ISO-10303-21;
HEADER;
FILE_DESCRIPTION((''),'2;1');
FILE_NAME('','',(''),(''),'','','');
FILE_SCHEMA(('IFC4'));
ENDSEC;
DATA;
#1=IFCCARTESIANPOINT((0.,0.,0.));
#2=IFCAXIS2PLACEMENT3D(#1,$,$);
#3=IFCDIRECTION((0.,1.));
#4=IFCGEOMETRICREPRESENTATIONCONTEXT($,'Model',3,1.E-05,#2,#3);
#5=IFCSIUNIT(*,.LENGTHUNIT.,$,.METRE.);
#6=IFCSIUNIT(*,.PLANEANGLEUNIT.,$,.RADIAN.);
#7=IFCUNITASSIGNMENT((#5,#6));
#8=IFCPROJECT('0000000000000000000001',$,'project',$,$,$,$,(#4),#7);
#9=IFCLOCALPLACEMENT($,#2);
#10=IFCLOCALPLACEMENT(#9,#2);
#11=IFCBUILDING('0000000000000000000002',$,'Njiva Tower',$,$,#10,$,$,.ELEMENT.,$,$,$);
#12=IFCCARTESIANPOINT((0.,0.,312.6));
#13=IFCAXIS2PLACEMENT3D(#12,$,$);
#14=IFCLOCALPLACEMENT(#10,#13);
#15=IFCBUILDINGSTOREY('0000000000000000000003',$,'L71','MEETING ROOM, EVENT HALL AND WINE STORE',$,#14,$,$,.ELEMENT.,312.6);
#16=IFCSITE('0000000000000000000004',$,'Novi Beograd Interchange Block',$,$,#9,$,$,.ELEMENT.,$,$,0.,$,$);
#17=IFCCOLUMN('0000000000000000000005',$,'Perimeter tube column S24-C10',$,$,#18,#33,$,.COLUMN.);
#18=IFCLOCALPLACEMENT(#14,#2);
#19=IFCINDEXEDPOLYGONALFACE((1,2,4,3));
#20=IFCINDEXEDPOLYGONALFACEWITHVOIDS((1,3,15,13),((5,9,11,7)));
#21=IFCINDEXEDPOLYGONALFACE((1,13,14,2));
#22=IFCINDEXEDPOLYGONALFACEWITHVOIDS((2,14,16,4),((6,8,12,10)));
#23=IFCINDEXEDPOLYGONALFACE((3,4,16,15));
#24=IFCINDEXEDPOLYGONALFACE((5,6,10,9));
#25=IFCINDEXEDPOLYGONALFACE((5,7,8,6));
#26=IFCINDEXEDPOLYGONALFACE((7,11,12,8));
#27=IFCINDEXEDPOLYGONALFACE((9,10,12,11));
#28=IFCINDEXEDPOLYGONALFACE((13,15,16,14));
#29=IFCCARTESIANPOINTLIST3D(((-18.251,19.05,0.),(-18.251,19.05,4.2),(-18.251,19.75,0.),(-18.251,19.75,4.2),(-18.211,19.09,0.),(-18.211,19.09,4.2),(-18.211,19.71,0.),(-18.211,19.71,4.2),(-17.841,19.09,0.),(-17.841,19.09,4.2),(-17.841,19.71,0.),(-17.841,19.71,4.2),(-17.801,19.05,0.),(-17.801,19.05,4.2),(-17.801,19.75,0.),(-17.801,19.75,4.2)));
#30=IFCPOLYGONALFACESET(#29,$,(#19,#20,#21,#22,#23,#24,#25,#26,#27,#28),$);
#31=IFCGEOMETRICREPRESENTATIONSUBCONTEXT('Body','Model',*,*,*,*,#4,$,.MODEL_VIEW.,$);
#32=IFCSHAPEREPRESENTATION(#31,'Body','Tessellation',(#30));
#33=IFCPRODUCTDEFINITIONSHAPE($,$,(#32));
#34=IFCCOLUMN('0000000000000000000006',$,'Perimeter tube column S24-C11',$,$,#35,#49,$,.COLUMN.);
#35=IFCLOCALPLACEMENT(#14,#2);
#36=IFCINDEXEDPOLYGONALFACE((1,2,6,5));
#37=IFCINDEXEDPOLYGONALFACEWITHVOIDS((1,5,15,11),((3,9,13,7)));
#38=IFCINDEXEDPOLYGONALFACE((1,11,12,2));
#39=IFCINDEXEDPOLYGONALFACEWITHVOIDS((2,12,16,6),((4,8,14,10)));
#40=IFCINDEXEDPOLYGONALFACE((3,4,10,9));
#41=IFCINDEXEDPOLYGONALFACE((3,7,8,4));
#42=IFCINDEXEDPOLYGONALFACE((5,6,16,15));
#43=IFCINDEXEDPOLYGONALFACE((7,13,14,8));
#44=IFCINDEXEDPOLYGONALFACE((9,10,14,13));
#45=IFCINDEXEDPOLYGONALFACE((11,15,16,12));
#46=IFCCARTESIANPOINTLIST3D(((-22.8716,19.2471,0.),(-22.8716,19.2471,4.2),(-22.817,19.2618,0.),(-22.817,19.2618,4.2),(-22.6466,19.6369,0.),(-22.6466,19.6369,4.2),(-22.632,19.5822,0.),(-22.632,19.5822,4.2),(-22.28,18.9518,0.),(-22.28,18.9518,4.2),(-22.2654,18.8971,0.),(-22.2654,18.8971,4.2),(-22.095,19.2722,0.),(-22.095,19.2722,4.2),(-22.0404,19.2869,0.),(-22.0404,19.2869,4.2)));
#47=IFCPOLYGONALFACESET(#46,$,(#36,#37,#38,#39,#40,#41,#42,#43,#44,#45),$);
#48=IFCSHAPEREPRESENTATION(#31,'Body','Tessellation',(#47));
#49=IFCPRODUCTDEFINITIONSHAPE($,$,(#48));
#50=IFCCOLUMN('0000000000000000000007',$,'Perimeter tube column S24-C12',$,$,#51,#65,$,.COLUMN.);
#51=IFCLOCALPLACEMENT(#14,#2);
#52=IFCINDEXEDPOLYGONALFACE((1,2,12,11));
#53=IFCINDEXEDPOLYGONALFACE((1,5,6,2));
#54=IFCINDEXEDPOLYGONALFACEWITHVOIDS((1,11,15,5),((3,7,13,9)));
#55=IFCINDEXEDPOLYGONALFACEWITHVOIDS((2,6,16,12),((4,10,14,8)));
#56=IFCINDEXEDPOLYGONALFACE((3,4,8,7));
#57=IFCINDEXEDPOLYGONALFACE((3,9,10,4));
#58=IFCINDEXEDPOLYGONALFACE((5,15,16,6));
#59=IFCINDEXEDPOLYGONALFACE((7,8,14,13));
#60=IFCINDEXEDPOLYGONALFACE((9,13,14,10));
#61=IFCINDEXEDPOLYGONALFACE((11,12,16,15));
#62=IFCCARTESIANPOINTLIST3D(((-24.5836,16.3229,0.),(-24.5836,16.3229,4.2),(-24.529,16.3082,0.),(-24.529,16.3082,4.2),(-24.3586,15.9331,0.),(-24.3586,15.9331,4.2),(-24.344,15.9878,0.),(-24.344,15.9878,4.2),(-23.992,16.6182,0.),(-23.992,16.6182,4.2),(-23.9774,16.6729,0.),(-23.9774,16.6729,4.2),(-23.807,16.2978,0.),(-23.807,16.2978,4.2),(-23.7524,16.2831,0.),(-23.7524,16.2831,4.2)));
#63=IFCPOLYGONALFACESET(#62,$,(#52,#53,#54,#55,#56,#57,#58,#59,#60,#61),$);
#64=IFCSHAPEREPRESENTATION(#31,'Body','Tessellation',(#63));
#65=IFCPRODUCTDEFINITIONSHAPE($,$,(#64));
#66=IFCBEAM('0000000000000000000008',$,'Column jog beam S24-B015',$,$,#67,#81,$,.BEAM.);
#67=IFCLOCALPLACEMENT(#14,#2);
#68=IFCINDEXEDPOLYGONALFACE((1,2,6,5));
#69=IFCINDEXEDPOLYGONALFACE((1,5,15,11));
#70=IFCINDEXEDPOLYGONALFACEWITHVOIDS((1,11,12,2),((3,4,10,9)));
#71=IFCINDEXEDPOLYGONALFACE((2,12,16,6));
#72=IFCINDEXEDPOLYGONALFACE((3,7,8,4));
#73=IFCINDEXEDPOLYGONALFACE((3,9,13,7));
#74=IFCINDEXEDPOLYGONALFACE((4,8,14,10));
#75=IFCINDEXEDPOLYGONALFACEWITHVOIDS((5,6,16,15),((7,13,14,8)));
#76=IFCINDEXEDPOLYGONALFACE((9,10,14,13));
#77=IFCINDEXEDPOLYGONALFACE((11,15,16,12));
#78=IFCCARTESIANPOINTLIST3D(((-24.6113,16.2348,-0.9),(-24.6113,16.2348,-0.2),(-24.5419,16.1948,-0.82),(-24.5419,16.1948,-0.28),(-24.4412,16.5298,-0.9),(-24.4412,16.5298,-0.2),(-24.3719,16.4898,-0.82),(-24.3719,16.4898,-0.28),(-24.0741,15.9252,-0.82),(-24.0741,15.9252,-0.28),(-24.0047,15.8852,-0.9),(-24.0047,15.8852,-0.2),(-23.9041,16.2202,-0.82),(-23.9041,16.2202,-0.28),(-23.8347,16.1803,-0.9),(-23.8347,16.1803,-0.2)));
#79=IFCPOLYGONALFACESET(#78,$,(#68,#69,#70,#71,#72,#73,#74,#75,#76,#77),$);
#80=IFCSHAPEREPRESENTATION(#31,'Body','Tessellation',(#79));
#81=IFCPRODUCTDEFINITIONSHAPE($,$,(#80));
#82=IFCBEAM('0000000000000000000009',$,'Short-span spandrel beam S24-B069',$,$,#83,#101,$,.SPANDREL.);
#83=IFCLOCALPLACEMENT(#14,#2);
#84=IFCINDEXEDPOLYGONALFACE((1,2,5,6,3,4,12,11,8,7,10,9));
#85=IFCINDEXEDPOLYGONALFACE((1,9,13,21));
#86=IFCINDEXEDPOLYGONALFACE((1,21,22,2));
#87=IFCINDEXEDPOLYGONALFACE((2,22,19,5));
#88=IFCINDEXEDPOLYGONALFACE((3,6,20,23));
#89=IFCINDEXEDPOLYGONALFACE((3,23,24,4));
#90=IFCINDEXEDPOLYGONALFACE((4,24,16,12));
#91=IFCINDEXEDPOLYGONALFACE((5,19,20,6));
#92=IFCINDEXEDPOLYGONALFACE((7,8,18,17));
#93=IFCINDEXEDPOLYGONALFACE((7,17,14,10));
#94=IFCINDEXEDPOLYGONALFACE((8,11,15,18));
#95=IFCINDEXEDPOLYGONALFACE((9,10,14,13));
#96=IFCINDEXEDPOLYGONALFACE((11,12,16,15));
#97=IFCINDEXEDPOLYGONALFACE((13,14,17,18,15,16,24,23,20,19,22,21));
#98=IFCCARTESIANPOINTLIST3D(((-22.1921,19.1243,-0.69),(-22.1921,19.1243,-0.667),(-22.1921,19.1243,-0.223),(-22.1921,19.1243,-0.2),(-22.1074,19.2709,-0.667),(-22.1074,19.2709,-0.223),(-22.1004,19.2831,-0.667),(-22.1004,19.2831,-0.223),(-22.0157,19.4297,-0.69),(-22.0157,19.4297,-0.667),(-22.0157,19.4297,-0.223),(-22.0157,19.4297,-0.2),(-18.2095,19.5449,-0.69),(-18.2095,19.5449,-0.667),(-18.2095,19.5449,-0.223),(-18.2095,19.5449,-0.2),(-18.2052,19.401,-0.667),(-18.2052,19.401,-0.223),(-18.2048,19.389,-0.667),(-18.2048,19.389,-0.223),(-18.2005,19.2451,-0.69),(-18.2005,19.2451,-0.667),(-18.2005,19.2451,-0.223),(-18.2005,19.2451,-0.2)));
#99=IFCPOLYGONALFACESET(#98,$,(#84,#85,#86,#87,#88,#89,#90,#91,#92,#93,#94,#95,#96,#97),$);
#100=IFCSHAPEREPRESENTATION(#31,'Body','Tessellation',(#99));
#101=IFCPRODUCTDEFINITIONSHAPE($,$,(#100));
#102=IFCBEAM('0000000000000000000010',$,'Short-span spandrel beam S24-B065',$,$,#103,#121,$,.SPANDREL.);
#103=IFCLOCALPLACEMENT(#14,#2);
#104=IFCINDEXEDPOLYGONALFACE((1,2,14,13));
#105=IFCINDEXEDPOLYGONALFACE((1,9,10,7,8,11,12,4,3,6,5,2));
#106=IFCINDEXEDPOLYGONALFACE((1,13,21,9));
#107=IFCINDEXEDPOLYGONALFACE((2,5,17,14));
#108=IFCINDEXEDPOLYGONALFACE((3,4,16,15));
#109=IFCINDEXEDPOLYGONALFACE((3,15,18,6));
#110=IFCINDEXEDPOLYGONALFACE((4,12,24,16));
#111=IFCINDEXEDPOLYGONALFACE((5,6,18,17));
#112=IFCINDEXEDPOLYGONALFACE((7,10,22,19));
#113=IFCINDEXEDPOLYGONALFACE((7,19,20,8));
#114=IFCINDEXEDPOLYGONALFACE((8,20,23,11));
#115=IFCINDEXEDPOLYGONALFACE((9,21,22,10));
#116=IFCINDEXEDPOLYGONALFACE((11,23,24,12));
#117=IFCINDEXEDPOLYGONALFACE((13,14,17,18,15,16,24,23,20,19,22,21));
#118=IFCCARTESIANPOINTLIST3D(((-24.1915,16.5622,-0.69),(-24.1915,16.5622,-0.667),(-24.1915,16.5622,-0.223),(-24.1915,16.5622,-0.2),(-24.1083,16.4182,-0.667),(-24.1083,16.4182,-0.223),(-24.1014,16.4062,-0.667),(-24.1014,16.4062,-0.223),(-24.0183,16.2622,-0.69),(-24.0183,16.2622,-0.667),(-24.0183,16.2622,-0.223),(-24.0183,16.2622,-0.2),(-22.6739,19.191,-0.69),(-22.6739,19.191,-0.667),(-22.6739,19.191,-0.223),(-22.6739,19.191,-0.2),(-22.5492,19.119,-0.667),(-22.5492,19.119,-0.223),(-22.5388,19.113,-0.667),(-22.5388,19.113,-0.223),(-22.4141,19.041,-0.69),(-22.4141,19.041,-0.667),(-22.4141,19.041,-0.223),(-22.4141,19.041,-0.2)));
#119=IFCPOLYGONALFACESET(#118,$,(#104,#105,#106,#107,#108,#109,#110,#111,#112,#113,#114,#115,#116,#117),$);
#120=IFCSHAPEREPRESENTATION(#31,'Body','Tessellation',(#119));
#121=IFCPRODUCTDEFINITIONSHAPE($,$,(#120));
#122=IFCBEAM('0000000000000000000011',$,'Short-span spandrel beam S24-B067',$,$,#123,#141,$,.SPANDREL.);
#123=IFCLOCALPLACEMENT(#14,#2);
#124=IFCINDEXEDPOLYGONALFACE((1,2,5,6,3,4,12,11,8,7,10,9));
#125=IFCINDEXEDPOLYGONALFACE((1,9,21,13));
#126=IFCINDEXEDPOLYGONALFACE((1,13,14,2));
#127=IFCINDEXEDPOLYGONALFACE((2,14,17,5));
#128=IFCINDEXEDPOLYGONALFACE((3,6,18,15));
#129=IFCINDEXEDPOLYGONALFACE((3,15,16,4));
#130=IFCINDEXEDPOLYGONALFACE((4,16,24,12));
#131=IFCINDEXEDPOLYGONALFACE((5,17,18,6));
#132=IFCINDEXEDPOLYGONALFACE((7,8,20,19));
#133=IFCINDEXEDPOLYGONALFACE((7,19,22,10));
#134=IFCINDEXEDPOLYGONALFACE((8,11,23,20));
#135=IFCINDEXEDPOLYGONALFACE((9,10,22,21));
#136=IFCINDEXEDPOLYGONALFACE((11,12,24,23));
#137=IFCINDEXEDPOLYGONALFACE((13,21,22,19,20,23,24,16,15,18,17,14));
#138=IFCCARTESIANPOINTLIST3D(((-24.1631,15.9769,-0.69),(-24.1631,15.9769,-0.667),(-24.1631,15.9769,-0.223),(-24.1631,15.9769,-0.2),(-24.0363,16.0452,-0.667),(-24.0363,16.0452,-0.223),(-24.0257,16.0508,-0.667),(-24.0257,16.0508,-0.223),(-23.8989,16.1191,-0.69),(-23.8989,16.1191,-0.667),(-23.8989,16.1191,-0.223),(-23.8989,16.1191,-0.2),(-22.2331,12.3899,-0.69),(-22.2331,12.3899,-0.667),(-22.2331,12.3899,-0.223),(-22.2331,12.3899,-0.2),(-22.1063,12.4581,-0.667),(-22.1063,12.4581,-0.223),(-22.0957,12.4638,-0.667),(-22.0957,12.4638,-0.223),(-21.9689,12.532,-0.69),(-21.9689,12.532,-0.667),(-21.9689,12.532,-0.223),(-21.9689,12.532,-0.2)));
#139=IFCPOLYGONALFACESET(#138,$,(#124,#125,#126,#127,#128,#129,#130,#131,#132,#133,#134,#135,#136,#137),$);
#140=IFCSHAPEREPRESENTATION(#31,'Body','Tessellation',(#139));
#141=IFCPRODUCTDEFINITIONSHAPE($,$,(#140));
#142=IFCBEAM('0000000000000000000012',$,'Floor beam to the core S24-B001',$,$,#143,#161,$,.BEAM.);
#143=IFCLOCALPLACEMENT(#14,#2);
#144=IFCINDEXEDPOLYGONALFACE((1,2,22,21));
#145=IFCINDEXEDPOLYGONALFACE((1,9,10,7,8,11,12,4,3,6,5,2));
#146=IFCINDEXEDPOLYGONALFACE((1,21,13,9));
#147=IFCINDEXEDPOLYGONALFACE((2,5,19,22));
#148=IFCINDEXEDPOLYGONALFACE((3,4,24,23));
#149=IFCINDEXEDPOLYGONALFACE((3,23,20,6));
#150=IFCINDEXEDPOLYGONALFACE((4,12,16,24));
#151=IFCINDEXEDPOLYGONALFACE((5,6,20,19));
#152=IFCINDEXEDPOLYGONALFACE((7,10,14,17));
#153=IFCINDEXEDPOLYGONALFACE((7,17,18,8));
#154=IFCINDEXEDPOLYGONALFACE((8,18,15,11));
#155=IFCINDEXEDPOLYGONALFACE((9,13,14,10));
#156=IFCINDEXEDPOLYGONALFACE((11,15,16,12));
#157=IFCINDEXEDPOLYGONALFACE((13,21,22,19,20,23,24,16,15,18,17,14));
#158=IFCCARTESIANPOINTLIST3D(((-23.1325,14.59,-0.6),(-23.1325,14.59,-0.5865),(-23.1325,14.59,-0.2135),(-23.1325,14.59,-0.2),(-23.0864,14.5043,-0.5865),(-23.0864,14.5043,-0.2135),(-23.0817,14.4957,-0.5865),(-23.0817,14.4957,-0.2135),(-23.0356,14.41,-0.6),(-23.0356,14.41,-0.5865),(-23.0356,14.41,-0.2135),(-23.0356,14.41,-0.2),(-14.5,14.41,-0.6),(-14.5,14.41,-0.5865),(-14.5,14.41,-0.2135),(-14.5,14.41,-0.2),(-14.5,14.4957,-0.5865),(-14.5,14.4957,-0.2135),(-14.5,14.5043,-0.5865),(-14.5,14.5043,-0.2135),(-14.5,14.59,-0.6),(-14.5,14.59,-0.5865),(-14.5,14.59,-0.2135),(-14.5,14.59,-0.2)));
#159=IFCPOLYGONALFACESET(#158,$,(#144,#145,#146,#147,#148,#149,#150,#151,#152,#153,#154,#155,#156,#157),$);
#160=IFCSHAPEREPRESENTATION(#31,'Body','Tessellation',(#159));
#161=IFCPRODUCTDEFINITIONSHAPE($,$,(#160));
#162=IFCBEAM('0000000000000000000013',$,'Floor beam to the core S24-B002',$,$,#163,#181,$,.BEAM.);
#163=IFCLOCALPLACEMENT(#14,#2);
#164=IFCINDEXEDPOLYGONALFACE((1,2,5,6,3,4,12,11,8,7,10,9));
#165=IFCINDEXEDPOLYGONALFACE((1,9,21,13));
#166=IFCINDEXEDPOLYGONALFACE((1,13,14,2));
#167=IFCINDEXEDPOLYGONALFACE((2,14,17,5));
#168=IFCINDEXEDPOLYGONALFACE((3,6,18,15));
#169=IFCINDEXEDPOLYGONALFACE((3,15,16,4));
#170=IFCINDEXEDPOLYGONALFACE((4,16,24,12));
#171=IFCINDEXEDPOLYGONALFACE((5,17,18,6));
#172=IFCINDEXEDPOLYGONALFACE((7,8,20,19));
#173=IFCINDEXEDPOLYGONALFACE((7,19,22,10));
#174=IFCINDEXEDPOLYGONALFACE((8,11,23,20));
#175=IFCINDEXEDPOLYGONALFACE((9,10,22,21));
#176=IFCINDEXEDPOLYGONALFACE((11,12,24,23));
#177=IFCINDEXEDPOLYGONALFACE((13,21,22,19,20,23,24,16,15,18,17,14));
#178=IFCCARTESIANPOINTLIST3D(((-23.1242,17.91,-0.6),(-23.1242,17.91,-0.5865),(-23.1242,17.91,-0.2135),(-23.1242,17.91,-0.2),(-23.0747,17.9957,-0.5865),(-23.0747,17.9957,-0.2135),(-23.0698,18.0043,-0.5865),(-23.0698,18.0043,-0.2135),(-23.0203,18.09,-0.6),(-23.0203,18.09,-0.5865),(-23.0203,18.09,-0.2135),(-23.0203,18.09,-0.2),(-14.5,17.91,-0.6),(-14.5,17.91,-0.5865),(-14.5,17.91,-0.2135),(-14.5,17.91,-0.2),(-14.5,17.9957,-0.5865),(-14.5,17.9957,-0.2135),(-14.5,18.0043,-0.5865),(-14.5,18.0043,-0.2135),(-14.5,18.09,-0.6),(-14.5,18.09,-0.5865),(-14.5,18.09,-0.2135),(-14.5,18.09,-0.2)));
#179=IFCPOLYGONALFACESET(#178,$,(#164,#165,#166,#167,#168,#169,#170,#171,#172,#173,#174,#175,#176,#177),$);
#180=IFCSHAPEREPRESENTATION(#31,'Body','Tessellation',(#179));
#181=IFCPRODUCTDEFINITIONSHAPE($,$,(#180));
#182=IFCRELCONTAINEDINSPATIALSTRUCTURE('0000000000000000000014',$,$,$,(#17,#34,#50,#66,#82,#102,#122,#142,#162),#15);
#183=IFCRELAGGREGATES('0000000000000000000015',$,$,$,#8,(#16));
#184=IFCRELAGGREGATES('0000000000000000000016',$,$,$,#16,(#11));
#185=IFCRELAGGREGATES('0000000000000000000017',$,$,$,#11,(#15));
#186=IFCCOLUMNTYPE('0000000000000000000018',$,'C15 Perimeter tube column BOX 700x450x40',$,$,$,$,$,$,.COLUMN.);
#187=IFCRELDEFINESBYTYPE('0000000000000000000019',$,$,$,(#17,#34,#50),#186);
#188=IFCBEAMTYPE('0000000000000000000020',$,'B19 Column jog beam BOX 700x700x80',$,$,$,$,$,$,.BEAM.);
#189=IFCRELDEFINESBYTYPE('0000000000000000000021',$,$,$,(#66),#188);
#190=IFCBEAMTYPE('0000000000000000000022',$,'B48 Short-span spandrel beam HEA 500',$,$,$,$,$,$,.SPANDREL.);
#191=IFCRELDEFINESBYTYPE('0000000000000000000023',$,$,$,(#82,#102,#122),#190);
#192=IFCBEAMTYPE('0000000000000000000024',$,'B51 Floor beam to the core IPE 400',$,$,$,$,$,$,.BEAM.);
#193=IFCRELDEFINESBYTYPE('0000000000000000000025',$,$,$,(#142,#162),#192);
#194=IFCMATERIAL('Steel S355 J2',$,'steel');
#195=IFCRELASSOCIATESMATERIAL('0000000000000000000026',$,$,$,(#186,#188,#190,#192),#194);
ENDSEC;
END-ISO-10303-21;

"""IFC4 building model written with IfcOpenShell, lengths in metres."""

from ifc_helpers import new_model, si_unit, direction, frame, origin, origin_2d, place, context, subcontext, project, spatial, hollow_rectangle, i_section, extrude, clip, halfspace, material, material_profile, profile_set, type_object, element, save


model = new_model("IFC4")

# Units and contexts
model_context = context("Model", 3, precision=1e-05, world=origin(), true_north=direction((0.0, 1.0)))
body_context = subcontext(model_context, "Body", "Model", "MODEL_VIEW")
ifc_project = project(units=[si_unit("LENGTHUNIT", "METRE"), si_unit("PLANEANGLEUNIT", "RADIAN")], contexts=[model_context])

# Site, building, storey
site_placement = place(None, origin())
site = spatial("IfcSite", under=ifc_project, at=site_placement, Name="Novi Beograd Interchange Block", CompositionType="ELEMENT", RefElevation=0.0)
building_placement = place(site_placement, origin())
building = spatial("IfcBuilding", under=site, at=building_placement, Name="Njiva Tower", CompositionType="ELEMENT")
storey_placement = place(building_placement, frame((0.0, 0.0, 312.6)))
storey = spatial("IfcBuildingStorey", under=building, at=storey_placement, Name="L71", Description="MEETING ROOM, EVENT HALL AND WINE STORE", CompositionType="ELEMENT", Elevation=312.6)

# Columns
ifc_material_1 = material(Name="Steel S355 J2", Category="steel")
ifc_material_profile_1 = material_profile(ifc_material_1, hollow_rectangle(XDim=0.45, YDim=0.7, WallThickness=0.04, at=origin_2d()), Name="BOX 700x450x40")
ifc_profile_set_1 = profile_set([ifc_material_profile_1], Name="Steel S355 J2")
column_type = type_object("IfcColumnType", Name="C15 Perimeter tube column BOX 700x450x40", PredefinedType="COLUMN", material=ifc_profile_set_1)
for number, where, z_axis, x_axis, name in (
    (1, (-18.026, 19.4, 0.0), (0.0, 0.0, 1.0), (-1.0, 0.0, 0.0), "Perimeter tube column S24-C10"),
    (2, (-22.456, 19.267, 0.0), (0.0, 0.0, 1.0), (-0.5, -0.866025, 0.0), "Perimeter tube column S24-C11"),
    (3, (-24.168, 16.303, 0.0), (0.0, 0.0, 1.0), (0.5, -0.866025, 0.0), "Perimeter tube column S24-C12"),
):
    element("IfcColumn", number, at=place(storey_placement, frame(where, z_axis=z_axis, x_axis=x_axis)), inside=storey, type_object=column_type, Name=name, PredefinedType="COLUMN", context=body_context, shape_type="SweptSolid", body=[
        extrude(hollow_rectangle(XDim=0.45, YDim=0.7, WallThickness=0.04, at=origin_2d()), origin(), (0.0, 0.0, 1.0), 4.2),
    ])

# Beams
ifc_material_profile_2 = material_profile(ifc_material_1, hollow_rectangle(XDim=0.7, YDim=0.7, WallThickness=0.08, at=origin_2d()), Name="BOX 700x700x80")
ifc_profile_set_2 = profile_set([ifc_material_profile_2], Name="Steel S355 J2")
beam_type_1 = type_object("IfcBeamType", Name="B19 Column jog beam BOX 700x700x80", PredefinedType="BEAM", material=ifc_profile_set_2)
beam_1_placement = place(storey_placement, frame((-24.308, 16.06, -0.55), z_axis=(0.499299, 0.86643, 0.0), x_axis=(-0.86643, 0.499299, 0.0)))
element("IfcBeam", 4, at=beam_1_placement, inside=storey, type_object=beam_type_1, Name="Column jog beam S24-B015", PredefinedType="BEAM", context=body_context, shape_type="SweptSolid", body=[
    extrude(hollow_rectangle(XDim=0.7, YDim=0.7, WallThickness=0.08, at=origin_2d()), origin(), (0.0, 0.0, 1.0), 0.3405),
])
ifc_material_profile_3 = material_profile(ifc_material_1, i_section(OverallWidth=0.3, OverallDepth=0.49, WebThickness=0.012, FlangeThickness=0.023, at=origin_2d()), Name="HEA 500")
ifc_profile_set_3 = profile_set([ifc_material_profile_3], Name="Steel S355 J2")
beam_type_2 = type_object("IfcBeamType", Name="B48 Short-span spandrel beam HEA 500", PredefinedType="SPANDREL", material=ifc_profile_set_3)
beam_2_placement = place(storey_placement, frame((-18.205, 19.395, -0.445), z_axis=(-0.999542, -0.03025, 0.0), x_axis=(0.03025, -0.999542, 0.0)))
element("IfcBeam", 5, at=beam_2_placement, inside=storey, type_object=beam_type_2, Name="Short-span spandrel beam S24-B069", PredefinedType="SPANDREL", context=body_context, shape_type="Clipping", body=[
    clip(extrude(i_section(OverallWidth=0.3, OverallDepth=0.49, WebThickness=0.012, FlangeThickness=0.023, at=origin_2d()), origin(), (0.0, 0.0, 1.0), 4.0138), halfspace(frame((-0.0268, 0.0, 3.8841), z_axis=(-0.525967, 0.0, 0.850505), x_axis=(0.0, 1.0, 0.0)), False)),
])
beam_3_placement = place(storey_placement, frame((-22.544, 19.116, -0.445), z_axis=(-0.499963, -0.866047, 0.0), x_axis=(0.866047, -0.499963, 0.0)))
element("IfcBeam", 6, at=beam_3_placement, inside=storey, type_object=beam_type_2, Name="Short-span spandrel beam S24-B065", PredefinedType="SPANDREL", context=body_context, shape_type="Clipping", body=[
    clip(extrude(i_section(OverallWidth=0.3, OverallDepth=0.49, WebThickness=0.012, FlangeThickness=0.023, at=origin_2d()), origin(), (0.0, 0.0, 1.0), 3.2292), halfspace(frame((-0.0246, 0.0, 3.1078), z_axis=(-0.500039, 0.0, 0.866003), x_axis=(0.0, 1.0, 0.0)), False)),
])
beam_4_placement = place(storey_placement, frame((-24.031, 16.048, -0.445), z_axis=(0.473822, -0.880621, 0.0), x_axis=(0.880621, 0.473822, 0.0)))
element("IfcBeam", 7, at=beam_4_placement, inside=storey, type_object=beam_type_2, Name="Short-span spandrel beam S24-B067", PredefinedType="SPANDREL", context=body_context, shape_type="SweptSolid", body=[
    extrude(i_section(OverallWidth=0.3, OverallDepth=0.49, WebThickness=0.012, FlangeThickness=0.023, at=origin_2d()), origin(), (0.0, 0.0, 1.0), 4.0733),
])
ifc_material_profile_4 = material_profile(ifc_material_1, i_section(OverallWidth=0.18, OverallDepth=0.4, WebThickness=0.0086, FlangeThickness=0.0135, at=origin_2d()), Name="IPE 400")
ifc_profile_set_4 = profile_set([ifc_material_profile_4], Name="Steel S355 J2")
beam_type_3 = type_object("IfcBeamType", Name="B51 Floor beam to the core IPE 400", PredefinedType="BEAM", material=ifc_profile_set_4)
beam_5_placement = place(storey_placement, frame((-23.152, 14.5, -0.4), z_axis=(1.0, 0.0, 0.0), x_axis=(0.0, 1.0, 0.0)))
element("IfcBeam", 8, at=beam_5_placement, inside=storey, type_object=beam_type_3, Name="Floor beam to the core S24-B001", PredefinedType="BEAM", context=body_context, shape_type="Clipping", body=[
    clip(extrude(i_section(OverallWidth=0.18, OverallDepth=0.4, WebThickness=0.0086, FlangeThickness=0.0135, at=origin_2d()), origin(), (0.0, 0.0, 1.0), 8.652), halfspace(frame((-0.0237, 0.0, 0.0807), z_axis=(-0.473762, 0.0, -0.880653), x_axis=(0.0, -1.0, 0.0)), False)),
])
beam_6_placement = place(storey_placement, frame((-23.144, 18.0, -0.4), z_axis=(1.0, 0.0, 0.0), x_axis=(0.0, 1.0, 0.0)))
element("IfcBeam", 9, at=beam_6_placement, inside=storey, type_object=beam_type_3, Name="Floor beam to the core S24-B002", PredefinedType="BEAM", context=body_context, shape_type="Clipping", body=[
    clip(extrude(i_section(OverallWidth=0.18, OverallDepth=0.4, WebThickness=0.0086, FlangeThickness=0.0135, at=origin_2d()), origin(), (0.0, 0.0, 1.0), 8.644), halfspace(frame((0.025, 0.0, 0.0862), z_axis=(0.499998, 0.0, -0.866027), x_axis=(0.0, -1.0, 0.0)), False)),
])

save(model, "model.ifc")
